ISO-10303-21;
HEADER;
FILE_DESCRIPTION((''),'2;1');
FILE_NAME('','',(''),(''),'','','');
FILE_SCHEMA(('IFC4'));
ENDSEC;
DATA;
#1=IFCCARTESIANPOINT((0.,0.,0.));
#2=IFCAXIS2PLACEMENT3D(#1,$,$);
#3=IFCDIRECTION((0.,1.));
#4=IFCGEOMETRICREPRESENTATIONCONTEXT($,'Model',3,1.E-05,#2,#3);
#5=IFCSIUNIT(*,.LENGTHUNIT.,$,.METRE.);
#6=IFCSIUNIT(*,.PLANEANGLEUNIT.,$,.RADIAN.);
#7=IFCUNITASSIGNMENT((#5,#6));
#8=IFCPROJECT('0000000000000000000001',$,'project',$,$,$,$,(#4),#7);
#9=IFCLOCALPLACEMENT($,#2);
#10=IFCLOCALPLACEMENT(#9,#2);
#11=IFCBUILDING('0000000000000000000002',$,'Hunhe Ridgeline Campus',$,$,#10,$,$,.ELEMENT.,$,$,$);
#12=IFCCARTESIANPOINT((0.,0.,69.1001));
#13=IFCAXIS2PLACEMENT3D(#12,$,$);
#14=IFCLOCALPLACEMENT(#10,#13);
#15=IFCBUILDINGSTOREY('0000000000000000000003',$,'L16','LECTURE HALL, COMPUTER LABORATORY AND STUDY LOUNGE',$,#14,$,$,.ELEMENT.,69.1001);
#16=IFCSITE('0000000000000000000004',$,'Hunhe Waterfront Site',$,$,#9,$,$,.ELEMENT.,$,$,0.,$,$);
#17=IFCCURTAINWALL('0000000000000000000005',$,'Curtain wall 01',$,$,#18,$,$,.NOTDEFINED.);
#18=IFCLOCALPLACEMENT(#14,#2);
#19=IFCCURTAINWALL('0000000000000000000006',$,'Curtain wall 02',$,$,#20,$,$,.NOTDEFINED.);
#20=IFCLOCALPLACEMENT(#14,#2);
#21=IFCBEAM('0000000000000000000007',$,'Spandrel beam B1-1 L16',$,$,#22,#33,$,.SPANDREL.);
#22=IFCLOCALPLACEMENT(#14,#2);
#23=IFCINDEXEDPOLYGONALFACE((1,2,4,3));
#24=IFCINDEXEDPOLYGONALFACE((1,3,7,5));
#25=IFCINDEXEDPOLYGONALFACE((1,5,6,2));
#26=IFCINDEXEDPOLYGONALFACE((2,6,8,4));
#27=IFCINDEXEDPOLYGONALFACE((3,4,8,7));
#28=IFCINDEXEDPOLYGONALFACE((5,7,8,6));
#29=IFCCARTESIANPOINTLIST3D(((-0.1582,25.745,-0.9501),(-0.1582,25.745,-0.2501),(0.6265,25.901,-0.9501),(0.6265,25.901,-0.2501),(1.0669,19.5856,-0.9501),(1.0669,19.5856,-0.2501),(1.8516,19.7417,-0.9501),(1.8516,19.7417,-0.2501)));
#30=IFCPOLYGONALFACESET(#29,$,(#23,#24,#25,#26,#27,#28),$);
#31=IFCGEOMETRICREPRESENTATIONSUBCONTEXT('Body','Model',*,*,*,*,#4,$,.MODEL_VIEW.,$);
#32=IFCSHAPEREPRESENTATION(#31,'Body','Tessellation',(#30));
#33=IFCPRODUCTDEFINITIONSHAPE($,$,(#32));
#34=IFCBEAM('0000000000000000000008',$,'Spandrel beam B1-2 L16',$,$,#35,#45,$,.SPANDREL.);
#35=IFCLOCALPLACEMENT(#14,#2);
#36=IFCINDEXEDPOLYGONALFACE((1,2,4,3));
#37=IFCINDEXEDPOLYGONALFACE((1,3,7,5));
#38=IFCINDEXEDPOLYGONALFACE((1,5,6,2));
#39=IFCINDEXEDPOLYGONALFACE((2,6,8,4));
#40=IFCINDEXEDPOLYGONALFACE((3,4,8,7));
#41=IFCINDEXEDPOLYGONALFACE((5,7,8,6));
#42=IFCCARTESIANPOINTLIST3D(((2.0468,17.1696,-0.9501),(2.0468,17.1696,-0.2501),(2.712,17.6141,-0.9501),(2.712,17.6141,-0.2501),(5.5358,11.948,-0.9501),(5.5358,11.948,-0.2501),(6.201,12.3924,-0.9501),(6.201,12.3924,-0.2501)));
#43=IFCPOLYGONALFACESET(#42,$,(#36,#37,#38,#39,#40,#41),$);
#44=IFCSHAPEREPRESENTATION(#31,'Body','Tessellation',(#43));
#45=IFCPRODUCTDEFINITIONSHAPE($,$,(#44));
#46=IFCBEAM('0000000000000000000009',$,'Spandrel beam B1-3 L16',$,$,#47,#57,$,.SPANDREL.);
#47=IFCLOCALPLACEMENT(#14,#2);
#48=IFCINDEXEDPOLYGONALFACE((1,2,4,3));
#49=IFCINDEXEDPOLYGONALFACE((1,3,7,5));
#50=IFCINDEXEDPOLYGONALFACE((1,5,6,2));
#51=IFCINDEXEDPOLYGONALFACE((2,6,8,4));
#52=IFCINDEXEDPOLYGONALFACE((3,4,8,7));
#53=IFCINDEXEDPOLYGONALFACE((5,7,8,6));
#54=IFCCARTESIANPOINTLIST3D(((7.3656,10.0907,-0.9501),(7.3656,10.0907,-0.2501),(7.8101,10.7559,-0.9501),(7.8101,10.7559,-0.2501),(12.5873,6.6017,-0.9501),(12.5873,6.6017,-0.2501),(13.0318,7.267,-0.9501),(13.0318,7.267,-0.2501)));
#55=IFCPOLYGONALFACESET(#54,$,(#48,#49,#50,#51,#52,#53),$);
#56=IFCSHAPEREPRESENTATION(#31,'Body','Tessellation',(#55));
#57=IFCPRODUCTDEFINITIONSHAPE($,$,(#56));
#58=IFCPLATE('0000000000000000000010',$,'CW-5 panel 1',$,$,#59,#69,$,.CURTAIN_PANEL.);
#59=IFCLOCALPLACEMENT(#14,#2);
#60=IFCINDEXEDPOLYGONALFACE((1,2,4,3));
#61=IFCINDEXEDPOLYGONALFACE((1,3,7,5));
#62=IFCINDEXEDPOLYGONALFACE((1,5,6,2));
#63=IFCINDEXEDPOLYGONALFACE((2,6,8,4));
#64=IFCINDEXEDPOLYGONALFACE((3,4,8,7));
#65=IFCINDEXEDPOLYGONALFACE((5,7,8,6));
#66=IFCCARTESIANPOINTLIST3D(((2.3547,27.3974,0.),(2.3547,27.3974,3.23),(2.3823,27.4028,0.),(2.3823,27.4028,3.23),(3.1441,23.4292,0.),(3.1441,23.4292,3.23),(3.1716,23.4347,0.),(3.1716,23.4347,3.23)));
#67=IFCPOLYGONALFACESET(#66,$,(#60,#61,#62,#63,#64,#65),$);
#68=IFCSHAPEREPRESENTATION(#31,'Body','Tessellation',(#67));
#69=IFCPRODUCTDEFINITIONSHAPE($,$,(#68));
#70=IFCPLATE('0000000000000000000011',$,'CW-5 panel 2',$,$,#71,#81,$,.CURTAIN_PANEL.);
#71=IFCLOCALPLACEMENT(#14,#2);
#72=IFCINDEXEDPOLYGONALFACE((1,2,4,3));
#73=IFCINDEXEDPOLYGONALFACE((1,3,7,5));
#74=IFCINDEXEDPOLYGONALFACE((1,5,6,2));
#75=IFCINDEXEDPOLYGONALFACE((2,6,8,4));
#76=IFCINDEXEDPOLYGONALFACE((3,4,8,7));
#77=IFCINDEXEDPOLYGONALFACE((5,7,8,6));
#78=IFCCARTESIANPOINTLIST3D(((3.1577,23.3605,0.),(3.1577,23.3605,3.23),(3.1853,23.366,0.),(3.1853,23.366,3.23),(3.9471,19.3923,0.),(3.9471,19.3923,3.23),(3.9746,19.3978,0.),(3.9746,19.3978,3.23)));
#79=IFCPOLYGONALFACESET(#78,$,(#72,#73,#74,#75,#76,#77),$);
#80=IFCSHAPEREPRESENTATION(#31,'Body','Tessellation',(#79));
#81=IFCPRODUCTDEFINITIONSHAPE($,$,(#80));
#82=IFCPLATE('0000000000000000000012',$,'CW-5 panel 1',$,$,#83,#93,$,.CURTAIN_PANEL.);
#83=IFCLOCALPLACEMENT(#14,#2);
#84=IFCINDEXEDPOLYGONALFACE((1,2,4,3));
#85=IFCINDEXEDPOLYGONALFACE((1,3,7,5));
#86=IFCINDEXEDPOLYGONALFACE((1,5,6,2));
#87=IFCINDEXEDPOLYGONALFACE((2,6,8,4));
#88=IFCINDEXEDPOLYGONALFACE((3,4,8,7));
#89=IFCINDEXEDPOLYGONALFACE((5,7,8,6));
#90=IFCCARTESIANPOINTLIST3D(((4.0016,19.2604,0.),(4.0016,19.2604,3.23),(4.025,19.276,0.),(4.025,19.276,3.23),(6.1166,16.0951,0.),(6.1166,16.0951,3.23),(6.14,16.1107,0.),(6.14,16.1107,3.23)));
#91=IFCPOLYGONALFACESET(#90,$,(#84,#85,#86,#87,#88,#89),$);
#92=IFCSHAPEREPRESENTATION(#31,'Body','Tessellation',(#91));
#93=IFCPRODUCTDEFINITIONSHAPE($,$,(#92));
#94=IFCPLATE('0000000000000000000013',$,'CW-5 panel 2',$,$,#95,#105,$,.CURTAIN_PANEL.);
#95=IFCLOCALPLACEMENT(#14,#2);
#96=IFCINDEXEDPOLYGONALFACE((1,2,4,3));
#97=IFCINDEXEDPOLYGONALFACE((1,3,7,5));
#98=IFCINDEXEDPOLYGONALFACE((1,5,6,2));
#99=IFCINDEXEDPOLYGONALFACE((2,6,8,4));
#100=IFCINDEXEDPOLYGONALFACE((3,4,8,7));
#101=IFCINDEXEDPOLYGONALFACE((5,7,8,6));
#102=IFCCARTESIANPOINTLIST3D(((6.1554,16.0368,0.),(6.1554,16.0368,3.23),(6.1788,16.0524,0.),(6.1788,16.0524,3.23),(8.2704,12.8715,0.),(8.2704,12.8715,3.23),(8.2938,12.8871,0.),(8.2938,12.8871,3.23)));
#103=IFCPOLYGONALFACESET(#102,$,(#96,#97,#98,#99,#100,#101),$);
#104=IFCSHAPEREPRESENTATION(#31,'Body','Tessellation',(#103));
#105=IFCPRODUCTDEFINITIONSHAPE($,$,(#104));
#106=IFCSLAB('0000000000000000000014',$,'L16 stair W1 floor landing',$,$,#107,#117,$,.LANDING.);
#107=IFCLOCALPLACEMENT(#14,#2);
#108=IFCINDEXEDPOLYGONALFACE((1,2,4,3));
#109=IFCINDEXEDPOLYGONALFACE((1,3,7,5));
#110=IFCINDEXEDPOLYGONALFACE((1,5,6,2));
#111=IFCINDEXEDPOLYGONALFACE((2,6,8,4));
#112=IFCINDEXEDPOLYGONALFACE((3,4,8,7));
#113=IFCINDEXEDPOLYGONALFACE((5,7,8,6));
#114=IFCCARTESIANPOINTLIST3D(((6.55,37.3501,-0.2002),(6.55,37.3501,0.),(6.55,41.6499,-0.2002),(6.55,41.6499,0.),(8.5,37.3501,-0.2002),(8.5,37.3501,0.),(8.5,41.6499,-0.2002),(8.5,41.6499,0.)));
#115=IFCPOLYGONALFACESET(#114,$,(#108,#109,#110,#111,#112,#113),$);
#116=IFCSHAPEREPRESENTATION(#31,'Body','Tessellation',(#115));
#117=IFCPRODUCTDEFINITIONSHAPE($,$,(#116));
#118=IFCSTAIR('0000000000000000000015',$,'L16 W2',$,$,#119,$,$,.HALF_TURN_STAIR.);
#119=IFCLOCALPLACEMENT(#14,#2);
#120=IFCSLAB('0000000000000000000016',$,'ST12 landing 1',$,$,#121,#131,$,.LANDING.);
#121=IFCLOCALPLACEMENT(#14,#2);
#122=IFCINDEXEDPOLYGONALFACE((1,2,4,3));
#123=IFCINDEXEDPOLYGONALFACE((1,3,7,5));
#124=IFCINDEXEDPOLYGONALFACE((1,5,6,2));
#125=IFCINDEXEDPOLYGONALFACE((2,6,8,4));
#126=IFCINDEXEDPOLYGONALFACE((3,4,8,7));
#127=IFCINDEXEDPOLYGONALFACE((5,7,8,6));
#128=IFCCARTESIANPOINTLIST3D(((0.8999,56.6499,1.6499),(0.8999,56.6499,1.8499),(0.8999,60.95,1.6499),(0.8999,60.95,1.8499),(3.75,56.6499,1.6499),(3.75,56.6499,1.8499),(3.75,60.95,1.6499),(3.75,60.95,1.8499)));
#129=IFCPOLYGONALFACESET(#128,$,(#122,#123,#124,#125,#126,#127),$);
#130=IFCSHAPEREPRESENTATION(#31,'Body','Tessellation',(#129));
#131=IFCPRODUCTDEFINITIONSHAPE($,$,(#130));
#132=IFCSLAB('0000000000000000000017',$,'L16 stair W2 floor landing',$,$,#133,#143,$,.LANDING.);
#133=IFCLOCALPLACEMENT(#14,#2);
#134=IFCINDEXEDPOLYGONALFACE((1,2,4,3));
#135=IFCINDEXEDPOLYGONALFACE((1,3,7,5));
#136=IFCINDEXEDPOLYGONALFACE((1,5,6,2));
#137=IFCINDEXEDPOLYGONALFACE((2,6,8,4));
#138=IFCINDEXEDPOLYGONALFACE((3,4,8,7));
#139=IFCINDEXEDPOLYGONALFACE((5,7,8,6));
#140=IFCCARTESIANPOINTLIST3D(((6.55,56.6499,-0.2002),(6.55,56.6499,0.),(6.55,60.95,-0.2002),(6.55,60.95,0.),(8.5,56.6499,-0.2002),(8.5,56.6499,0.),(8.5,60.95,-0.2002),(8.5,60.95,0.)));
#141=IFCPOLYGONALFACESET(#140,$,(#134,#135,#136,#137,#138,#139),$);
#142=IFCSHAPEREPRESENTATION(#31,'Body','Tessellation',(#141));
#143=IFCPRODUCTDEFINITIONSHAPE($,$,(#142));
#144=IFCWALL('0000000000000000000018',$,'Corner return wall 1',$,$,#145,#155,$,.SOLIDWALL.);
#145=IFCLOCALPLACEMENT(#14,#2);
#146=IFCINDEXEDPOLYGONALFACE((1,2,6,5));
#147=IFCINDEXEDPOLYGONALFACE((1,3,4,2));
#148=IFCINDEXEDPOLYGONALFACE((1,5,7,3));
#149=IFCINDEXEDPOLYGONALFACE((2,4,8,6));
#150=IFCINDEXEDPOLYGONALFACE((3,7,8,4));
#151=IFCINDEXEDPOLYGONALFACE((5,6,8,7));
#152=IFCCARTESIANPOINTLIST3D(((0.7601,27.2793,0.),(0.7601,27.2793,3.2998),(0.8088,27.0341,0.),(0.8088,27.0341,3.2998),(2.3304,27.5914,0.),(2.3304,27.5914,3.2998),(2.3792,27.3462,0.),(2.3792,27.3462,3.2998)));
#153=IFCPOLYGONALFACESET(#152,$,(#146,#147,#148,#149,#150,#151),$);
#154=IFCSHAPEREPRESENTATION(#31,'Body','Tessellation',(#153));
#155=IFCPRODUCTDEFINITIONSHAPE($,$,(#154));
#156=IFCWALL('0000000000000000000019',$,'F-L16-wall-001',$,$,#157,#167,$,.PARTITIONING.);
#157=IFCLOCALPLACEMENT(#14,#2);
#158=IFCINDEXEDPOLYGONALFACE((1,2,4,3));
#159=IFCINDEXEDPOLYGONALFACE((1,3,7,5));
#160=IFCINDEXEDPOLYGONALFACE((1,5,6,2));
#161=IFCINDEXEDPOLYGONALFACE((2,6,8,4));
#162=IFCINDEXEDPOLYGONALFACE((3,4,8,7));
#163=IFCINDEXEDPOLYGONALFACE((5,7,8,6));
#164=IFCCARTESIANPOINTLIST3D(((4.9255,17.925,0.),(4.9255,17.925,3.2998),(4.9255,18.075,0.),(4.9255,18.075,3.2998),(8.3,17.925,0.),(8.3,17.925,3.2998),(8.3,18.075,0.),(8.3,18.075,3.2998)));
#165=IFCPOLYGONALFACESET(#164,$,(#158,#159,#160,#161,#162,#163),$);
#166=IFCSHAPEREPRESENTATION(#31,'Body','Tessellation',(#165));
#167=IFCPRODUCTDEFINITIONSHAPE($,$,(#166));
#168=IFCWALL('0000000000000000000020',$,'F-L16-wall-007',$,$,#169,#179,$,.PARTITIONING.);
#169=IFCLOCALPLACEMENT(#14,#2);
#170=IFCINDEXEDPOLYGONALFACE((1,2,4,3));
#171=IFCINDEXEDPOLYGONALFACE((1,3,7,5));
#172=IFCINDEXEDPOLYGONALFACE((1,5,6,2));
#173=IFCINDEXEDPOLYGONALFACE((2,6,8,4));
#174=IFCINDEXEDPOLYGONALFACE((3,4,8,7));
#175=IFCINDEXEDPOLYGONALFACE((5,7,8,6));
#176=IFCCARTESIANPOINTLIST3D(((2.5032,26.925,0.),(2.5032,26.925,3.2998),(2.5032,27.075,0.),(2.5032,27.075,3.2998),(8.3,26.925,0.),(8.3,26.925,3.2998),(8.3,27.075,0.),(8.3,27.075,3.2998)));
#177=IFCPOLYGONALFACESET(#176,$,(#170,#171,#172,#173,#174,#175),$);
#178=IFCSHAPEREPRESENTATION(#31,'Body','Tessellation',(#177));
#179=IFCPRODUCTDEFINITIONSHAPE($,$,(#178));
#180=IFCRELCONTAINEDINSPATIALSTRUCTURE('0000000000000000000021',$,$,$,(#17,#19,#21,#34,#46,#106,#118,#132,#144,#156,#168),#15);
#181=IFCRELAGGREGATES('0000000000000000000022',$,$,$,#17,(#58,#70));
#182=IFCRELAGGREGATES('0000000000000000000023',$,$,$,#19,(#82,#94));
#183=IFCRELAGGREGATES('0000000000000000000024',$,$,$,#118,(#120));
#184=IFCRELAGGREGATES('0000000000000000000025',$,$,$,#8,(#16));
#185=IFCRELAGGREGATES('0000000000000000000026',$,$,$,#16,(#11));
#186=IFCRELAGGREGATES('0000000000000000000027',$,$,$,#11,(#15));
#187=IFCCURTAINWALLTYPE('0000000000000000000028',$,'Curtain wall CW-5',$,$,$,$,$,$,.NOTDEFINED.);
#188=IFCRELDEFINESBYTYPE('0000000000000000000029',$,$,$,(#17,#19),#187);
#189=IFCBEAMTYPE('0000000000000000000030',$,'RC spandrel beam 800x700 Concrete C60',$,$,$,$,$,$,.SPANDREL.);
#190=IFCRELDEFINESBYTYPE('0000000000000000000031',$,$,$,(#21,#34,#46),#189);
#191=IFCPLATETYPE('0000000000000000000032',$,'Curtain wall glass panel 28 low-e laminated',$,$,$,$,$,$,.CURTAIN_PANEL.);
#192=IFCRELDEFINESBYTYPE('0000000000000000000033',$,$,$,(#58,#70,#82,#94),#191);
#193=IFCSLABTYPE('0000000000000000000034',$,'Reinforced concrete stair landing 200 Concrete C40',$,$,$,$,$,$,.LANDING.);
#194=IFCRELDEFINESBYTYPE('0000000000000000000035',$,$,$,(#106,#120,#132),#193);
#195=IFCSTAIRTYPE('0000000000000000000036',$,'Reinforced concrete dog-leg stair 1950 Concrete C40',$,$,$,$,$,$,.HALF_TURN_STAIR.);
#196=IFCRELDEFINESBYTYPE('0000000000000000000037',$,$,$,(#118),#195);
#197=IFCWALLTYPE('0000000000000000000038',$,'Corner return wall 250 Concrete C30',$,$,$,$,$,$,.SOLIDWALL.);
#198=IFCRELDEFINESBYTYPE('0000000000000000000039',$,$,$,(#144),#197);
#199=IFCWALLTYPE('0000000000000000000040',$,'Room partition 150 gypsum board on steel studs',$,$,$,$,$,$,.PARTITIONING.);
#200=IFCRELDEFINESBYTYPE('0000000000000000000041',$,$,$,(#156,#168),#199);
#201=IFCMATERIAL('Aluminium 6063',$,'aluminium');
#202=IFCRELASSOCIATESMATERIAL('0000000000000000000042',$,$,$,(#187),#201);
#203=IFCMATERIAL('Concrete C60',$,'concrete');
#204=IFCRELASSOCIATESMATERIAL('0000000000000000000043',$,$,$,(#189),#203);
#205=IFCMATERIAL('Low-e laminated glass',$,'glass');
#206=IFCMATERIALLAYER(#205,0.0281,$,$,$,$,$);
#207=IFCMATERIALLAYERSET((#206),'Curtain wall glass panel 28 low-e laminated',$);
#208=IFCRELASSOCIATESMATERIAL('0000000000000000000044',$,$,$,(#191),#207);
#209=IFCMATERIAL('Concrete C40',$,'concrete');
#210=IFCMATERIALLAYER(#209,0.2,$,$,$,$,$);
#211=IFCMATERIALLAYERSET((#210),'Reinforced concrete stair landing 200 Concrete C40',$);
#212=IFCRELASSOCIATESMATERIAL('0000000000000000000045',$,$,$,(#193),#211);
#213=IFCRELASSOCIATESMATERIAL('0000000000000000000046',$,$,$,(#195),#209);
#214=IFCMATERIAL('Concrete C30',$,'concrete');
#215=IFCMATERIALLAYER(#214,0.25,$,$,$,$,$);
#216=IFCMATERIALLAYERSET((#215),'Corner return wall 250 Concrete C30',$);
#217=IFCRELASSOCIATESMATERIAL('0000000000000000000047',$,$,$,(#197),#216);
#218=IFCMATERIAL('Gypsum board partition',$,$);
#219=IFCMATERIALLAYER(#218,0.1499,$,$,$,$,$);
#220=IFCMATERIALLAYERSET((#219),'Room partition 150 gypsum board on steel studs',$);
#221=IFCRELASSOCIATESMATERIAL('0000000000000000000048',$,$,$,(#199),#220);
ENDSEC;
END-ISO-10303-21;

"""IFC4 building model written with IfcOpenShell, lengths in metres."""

from ifc_helpers import new_model, si_unit, direction, frame, frame_2d, origin, origin_2d, place, context, subcontext, project, spatial, polyline, rectangle, outline, extrude, material, layer, layer_set, material_profile, profile_set, type_object, element, aggregate, save


model = new_model("IFC4")

# Units and contexts
model_context = context("Model", 3, precision=1e-05, world=origin(), true_north=direction((0.0, 1.0)))
body_context = subcontext(model_context, "Body", "Model", "MODEL_VIEW")
ifc_project = project(units=[si_unit("LENGTHUNIT", "METRE"), si_unit("PLANEANGLEUNIT", "RADIAN")], contexts=[model_context])

# Site, building, storey
site_placement = place(None, origin())
site = spatial("IfcSite", under=ifc_project, at=site_placement, Name="Hunhe Waterfront Site", CompositionType="ELEMENT", RefElevation=0.0)
building_placement = place(site_placement, origin())
building = spatial("IfcBuilding", under=site, at=building_placement, Name="Hunhe Ridgeline Campus", CompositionType="ELEMENT")
storey_placement = place(building_placement, frame((0.0, 0.0, 69.1001)))
storey = spatial("IfcBuildingStorey", under=building, at=storey_placement, Name="L16", Description="LECTURE HALL, COMPUTER LABORATORY AND STUDY LOUNGE", CompositionType="ELEMENT", Elevation=69.1001)

# Curtain walls
ifc_material_1 = material(Name="Aluminium 6063", Category="aluminium")
curtain_wall_type = type_object("IfcCurtainWallType", Name="Curtain wall CW-5", PredefinedType="NOTDEFINED", material=ifc_material_1)
curtain_wall_1_placement = place(storey_placement, origin())
curtain_wall_1 = element("IfcCurtainWall", 1, at=curtain_wall_1_placement, inside=storey, type_object=curtain_wall_type, Name="Curtain wall 01", PredefinedType="NOTDEFINED")
curtain_wall_2_placement = place(storey_placement, origin())
curtain_wall_2 = element("IfcCurtainWall", 2, at=curtain_wall_2_placement, inside=storey, type_object=curtain_wall_type, Name="Curtain wall 02", PredefinedType="NOTDEFINED")

# Beams
ifc_material_2 = material(Name="Concrete C60", Category="concrete")
ifc_material_profile_1 = material_profile(ifc_material_2, rectangle(XDim=0.8, YDim=0.7, at=origin_2d()))
ifc_profile_set_1 = profile_set([ifc_material_profile_1], Name="Concrete C60")
beam_type = type_object("IfcBeamType", Name="RC spandrel beam 800x700 Concrete C60", PredefinedType="SPANDREL", material=ifc_profile_set_1)
for number, where, z_axis, x_axis, name in (
    (3, (0.2341, 25.823, -0.6001), (0.195077, -0.980788, 0.0), (0.980788, 0.195077, 0.0), "Spandrel beam B1-1 L16"),
    (4, (2.3794, 17.3918, -0.6001), (0.55557, -0.83147, 0.0), (0.83147, 0.55557, 0.0), "Spandrel beam B1-2 L16"),
    (5, (7.5879, 10.4233, -0.6001), (0.83147, -0.55557, 0.0), (0.55557, 0.83147, 0.0), "Spandrel beam B1-3 L16"),
):
    element("IfcBeam", number, at=place(storey_placement, frame(where, z_axis=z_axis, x_axis=x_axis)), inside=storey, type_object=beam_type, Name=name, PredefinedType="SPANDREL", context=body_context, shape_type="SweptSolid", body=[
        extrude(rectangle(XDim=0.8, YDim=0.7, at=origin_2d()), origin(), (0.0, 0.0, 1.0), 6.28),
    ])

# Plates
ifc_material_3 = material(Name="Low-e laminated glass", Category="glass")
ifc_layer_1 = layer(ifc_material_3, 0.0281)
ifc_layer_set_1 = layer_set([ifc_layer_1], Name="Curtain wall glass panel 28 low-e laminated")
plate_type = type_object("IfcPlateType", Name="Curtain wall glass panel 28 low-e laminated", PredefinedType="CURTAIN_PANEL", material=ifc_layer_set_1)
plate_1_placement = place(storey_placement, frame((2.7632, 25.416, 0.0), z_axis=(0.0, 0.0, 1.0), x_axis=(0.195095, -0.980784, 0.0)))
plate_1 = element("IfcPlate", 6, at=plate_1_placement, type_object=plate_type, Name="CW-5 panel 1", PredefinedType="CURTAIN_PANEL", context=body_context, shape_type="SweptSolid", body=[
    extrude(rectangle(XDim=4.0459, YDim=0.0281, at=origin_2d()), origin(), (0.0, 0.0, 1.0), 3.23),
])
plate_2_placement = place(storey_placement, frame((3.5662, 21.3792, 0.0), z_axis=(0.0, 0.0, 1.0), x_axis=(0.195095, -0.980784, 0.0)))
plate_2 = element("IfcPlate", 7, at=plate_2_placement, type_object=plate_type, Name="CW-5 panel 2", PredefinedType="CURTAIN_PANEL", context=body_context, shape_type="SweptSolid", body=[
    extrude(rectangle(XDim=4.0459, YDim=0.0281, at=origin_2d()), origin(), (0.0, 0.0, 1.0), 3.23),
])
aggregate(curtain_wall_1, [plate_1, plate_2])
plate_3_placement = place(storey_placement, frame((5.0708, 17.6855, 0.0), z_axis=(0.0, 0.0, 1.0), x_axis=(0.55557, -0.83147, 0.0)))
plate_3 = element("IfcPlate", 8, at=plate_3_placement, type_object=plate_type, Name="CW-5 panel 1", PredefinedType="CURTAIN_PANEL", context=body_context, shape_type="SweptSolid", body=[
    extrude(rectangle(XDim=3.8069, YDim=0.0281, at=origin_2d()), origin(), (0.0, 0.0, 1.0), 3.23),
])
plate_4_placement = place(storey_placement, frame((7.2246, 14.4619, 0.0), z_axis=(0.0, 0.0, 1.0), x_axis=(0.55557, -0.83147, 0.0)))
plate_4 = element("IfcPlate", 9, at=plate_4_placement, type_object=plate_type, Name="CW-5 panel 2", PredefinedType="CURTAIN_PANEL", context=body_context, shape_type="SweptSolid", body=[
    extrude(rectangle(XDim=3.8069, YDim=0.0281, at=origin_2d()), origin(), (0.0, 0.0, 1.0), 3.23),
])
aggregate(curtain_wall_2, [plate_3, plate_4])

# Slab
ifc_material_4 = material(Name="Concrete C40", Category="concrete")
ifc_layer_2 = layer(ifc_material_4, 0.2)
ifc_layer_set_2 = layer_set([ifc_layer_2], Name="Reinforced concrete stair landing 200 Concrete C40")
slab_type = type_object("IfcSlabType", Name="Reinforced concrete stair landing 200 Concrete C40", PredefinedType="LANDING", material=ifc_layer_set_2)
slab_1_placement = place(storey_placement, frame((0.0, 0.0, -0.2002)))
element("IfcSlab", 10, at=slab_1_placement, inside=storey, type_object=slab_type, Name="L16 stair W1 floor landing", PredefinedType="LANDING", context=body_context, shape_type="SweptSolid", body=[
    extrude(outline(polyline([(8.5, 41.6499), (6.55, 41.6499), (6.55, 37.3501), (8.5, 37.3501), (8.5, 41.6499)])), origin(), (0.0, 0.0, 1.0), 0.2002),
])

# Stair, slab
stair_type = type_object("IfcStairType", Name="Reinforced concrete dog-leg stair 1950 Concrete C40", PredefinedType="HALF_TURN_STAIR", material=ifc_material_4)
stair_placement = place(storey_placement, origin())
stair = element("IfcStair", 11, at=stair_placement, inside=storey, type_object=stair_type, Name="L16 W2", PredefinedType="HALF_TURN_STAIR")
slab_2_placement = place(storey_placement, frame((0.0, 0.0, 1.6499)))
slab_2 = element("IfcSlab", 12, at=slab_2_placement, type_object=slab_type, Name="ST12 landing 1", PredefinedType="LANDING", context=body_context, shape_type="SweptSolid", body=[
    extrude(outline(polyline([(3.75, 60.95), (0.8999, 60.95), (0.8999, 56.6499), (3.75, 56.6499), (3.75, 60.95)])), origin(), (0.0, 0.0, 1.0), 0.2),
])
aggregate(stair, [slab_2])

# Slab
slab_3_placement = place(storey_placement, frame((0.0, 0.0, -0.2002)))
element("IfcSlab", 13, at=slab_3_placement, inside=storey, type_object=slab_type, Name="L16 stair W2 floor landing", PredefinedType="LANDING", context=body_context, shape_type="SweptSolid", body=[
    extrude(outline(polyline([(8.5, 60.95), (6.55, 60.95), (6.55, 56.6499), (8.5, 56.6499), (8.5, 60.95)])), origin(), (0.0, 0.0, 1.0), 0.2002),
])

# Walls
ifc_material_5 = material(Name="Concrete C30", Category="concrete")
ifc_layer_3 = layer(ifc_material_5, 0.25)
ifc_layer_set_3 = layer_set([ifc_layer_3], Name="Corner return wall 250 Concrete C30")
wall_type_1 = type_object("IfcWallType", Name="Corner return wall 250 Concrete C30", PredefinedType="SOLIDWALL", material=ifc_layer_set_3)
wall_1_placement = place(storey_placement, frame((0.7844, 27.1567, 0.0), z_axis=(0.0, 0.0, 1.0), x_axis=(0.980826, 0.194884, 0.0)))
element("IfcWall", 14, at=wall_1_placement, inside=storey, type_object=wall_type_1, Name="Corner return wall 1", PredefinedType="SOLIDWALL", context=body_context, shape_type="SweptSolid", body=[
    extrude(rectangle(XDim=1.6011, YDim=0.25, at=frame_2d((0.8005, 0.0))), origin(), (0.0, 0.0, 1.0), 3.2998),
])
ifc_material_6 = material(Name="Gypsum board partition")
ifc_layer_4 = layer(ifc_material_6, 0.1499)
ifc_layer_set_4 = layer_set([ifc_layer_4], Name="Room partition 150 gypsum board on steel studs")
wall_type_2 = type_object("IfcWallType", Name="Room partition 150 gypsum board on steel studs", PredefinedType="PARTITIONING", material=ifc_layer_set_4)
wall_2_placement = place(storey_placement, frame((4.9255, 18.0, 0.0), z_axis=(0.0, 0.0, 1.0), x_axis=(1.0, 0.0, 0.0)))
element("IfcWall", 15, at=wall_2_placement, inside=storey, type_object=wall_type_2, Name="F-L16-wall-001", PredefinedType="PARTITIONING", context=body_context, shape_type="SweptSolid", body=[
    extrude(rectangle(XDim=3.3745, YDim=0.1499, at=frame_2d((1.6873, 0.0))), origin(), (0.0, 0.0, 1.0), 3.2998),
])
wall_3_placement = place(storey_placement, frame((2.5032, 27.0, 0.0), z_axis=(0.0, 0.0, 1.0), x_axis=(1.0, 0.0, 0.0)))
element("IfcWall", 16, at=wall_3_placement, inside=storey, type_object=wall_type_2, Name="F-L16-wall-007", PredefinedType="PARTITIONING", context=body_context, shape_type="SweptSolid", body=[
    extrude(rectangle(XDim=5.7969, YDim=0.1499, at=frame_2d((2.8984, 0.0))), origin(), (0.0, 0.0, 1.0), 3.2998),
])

save(model, "model.ifc")
